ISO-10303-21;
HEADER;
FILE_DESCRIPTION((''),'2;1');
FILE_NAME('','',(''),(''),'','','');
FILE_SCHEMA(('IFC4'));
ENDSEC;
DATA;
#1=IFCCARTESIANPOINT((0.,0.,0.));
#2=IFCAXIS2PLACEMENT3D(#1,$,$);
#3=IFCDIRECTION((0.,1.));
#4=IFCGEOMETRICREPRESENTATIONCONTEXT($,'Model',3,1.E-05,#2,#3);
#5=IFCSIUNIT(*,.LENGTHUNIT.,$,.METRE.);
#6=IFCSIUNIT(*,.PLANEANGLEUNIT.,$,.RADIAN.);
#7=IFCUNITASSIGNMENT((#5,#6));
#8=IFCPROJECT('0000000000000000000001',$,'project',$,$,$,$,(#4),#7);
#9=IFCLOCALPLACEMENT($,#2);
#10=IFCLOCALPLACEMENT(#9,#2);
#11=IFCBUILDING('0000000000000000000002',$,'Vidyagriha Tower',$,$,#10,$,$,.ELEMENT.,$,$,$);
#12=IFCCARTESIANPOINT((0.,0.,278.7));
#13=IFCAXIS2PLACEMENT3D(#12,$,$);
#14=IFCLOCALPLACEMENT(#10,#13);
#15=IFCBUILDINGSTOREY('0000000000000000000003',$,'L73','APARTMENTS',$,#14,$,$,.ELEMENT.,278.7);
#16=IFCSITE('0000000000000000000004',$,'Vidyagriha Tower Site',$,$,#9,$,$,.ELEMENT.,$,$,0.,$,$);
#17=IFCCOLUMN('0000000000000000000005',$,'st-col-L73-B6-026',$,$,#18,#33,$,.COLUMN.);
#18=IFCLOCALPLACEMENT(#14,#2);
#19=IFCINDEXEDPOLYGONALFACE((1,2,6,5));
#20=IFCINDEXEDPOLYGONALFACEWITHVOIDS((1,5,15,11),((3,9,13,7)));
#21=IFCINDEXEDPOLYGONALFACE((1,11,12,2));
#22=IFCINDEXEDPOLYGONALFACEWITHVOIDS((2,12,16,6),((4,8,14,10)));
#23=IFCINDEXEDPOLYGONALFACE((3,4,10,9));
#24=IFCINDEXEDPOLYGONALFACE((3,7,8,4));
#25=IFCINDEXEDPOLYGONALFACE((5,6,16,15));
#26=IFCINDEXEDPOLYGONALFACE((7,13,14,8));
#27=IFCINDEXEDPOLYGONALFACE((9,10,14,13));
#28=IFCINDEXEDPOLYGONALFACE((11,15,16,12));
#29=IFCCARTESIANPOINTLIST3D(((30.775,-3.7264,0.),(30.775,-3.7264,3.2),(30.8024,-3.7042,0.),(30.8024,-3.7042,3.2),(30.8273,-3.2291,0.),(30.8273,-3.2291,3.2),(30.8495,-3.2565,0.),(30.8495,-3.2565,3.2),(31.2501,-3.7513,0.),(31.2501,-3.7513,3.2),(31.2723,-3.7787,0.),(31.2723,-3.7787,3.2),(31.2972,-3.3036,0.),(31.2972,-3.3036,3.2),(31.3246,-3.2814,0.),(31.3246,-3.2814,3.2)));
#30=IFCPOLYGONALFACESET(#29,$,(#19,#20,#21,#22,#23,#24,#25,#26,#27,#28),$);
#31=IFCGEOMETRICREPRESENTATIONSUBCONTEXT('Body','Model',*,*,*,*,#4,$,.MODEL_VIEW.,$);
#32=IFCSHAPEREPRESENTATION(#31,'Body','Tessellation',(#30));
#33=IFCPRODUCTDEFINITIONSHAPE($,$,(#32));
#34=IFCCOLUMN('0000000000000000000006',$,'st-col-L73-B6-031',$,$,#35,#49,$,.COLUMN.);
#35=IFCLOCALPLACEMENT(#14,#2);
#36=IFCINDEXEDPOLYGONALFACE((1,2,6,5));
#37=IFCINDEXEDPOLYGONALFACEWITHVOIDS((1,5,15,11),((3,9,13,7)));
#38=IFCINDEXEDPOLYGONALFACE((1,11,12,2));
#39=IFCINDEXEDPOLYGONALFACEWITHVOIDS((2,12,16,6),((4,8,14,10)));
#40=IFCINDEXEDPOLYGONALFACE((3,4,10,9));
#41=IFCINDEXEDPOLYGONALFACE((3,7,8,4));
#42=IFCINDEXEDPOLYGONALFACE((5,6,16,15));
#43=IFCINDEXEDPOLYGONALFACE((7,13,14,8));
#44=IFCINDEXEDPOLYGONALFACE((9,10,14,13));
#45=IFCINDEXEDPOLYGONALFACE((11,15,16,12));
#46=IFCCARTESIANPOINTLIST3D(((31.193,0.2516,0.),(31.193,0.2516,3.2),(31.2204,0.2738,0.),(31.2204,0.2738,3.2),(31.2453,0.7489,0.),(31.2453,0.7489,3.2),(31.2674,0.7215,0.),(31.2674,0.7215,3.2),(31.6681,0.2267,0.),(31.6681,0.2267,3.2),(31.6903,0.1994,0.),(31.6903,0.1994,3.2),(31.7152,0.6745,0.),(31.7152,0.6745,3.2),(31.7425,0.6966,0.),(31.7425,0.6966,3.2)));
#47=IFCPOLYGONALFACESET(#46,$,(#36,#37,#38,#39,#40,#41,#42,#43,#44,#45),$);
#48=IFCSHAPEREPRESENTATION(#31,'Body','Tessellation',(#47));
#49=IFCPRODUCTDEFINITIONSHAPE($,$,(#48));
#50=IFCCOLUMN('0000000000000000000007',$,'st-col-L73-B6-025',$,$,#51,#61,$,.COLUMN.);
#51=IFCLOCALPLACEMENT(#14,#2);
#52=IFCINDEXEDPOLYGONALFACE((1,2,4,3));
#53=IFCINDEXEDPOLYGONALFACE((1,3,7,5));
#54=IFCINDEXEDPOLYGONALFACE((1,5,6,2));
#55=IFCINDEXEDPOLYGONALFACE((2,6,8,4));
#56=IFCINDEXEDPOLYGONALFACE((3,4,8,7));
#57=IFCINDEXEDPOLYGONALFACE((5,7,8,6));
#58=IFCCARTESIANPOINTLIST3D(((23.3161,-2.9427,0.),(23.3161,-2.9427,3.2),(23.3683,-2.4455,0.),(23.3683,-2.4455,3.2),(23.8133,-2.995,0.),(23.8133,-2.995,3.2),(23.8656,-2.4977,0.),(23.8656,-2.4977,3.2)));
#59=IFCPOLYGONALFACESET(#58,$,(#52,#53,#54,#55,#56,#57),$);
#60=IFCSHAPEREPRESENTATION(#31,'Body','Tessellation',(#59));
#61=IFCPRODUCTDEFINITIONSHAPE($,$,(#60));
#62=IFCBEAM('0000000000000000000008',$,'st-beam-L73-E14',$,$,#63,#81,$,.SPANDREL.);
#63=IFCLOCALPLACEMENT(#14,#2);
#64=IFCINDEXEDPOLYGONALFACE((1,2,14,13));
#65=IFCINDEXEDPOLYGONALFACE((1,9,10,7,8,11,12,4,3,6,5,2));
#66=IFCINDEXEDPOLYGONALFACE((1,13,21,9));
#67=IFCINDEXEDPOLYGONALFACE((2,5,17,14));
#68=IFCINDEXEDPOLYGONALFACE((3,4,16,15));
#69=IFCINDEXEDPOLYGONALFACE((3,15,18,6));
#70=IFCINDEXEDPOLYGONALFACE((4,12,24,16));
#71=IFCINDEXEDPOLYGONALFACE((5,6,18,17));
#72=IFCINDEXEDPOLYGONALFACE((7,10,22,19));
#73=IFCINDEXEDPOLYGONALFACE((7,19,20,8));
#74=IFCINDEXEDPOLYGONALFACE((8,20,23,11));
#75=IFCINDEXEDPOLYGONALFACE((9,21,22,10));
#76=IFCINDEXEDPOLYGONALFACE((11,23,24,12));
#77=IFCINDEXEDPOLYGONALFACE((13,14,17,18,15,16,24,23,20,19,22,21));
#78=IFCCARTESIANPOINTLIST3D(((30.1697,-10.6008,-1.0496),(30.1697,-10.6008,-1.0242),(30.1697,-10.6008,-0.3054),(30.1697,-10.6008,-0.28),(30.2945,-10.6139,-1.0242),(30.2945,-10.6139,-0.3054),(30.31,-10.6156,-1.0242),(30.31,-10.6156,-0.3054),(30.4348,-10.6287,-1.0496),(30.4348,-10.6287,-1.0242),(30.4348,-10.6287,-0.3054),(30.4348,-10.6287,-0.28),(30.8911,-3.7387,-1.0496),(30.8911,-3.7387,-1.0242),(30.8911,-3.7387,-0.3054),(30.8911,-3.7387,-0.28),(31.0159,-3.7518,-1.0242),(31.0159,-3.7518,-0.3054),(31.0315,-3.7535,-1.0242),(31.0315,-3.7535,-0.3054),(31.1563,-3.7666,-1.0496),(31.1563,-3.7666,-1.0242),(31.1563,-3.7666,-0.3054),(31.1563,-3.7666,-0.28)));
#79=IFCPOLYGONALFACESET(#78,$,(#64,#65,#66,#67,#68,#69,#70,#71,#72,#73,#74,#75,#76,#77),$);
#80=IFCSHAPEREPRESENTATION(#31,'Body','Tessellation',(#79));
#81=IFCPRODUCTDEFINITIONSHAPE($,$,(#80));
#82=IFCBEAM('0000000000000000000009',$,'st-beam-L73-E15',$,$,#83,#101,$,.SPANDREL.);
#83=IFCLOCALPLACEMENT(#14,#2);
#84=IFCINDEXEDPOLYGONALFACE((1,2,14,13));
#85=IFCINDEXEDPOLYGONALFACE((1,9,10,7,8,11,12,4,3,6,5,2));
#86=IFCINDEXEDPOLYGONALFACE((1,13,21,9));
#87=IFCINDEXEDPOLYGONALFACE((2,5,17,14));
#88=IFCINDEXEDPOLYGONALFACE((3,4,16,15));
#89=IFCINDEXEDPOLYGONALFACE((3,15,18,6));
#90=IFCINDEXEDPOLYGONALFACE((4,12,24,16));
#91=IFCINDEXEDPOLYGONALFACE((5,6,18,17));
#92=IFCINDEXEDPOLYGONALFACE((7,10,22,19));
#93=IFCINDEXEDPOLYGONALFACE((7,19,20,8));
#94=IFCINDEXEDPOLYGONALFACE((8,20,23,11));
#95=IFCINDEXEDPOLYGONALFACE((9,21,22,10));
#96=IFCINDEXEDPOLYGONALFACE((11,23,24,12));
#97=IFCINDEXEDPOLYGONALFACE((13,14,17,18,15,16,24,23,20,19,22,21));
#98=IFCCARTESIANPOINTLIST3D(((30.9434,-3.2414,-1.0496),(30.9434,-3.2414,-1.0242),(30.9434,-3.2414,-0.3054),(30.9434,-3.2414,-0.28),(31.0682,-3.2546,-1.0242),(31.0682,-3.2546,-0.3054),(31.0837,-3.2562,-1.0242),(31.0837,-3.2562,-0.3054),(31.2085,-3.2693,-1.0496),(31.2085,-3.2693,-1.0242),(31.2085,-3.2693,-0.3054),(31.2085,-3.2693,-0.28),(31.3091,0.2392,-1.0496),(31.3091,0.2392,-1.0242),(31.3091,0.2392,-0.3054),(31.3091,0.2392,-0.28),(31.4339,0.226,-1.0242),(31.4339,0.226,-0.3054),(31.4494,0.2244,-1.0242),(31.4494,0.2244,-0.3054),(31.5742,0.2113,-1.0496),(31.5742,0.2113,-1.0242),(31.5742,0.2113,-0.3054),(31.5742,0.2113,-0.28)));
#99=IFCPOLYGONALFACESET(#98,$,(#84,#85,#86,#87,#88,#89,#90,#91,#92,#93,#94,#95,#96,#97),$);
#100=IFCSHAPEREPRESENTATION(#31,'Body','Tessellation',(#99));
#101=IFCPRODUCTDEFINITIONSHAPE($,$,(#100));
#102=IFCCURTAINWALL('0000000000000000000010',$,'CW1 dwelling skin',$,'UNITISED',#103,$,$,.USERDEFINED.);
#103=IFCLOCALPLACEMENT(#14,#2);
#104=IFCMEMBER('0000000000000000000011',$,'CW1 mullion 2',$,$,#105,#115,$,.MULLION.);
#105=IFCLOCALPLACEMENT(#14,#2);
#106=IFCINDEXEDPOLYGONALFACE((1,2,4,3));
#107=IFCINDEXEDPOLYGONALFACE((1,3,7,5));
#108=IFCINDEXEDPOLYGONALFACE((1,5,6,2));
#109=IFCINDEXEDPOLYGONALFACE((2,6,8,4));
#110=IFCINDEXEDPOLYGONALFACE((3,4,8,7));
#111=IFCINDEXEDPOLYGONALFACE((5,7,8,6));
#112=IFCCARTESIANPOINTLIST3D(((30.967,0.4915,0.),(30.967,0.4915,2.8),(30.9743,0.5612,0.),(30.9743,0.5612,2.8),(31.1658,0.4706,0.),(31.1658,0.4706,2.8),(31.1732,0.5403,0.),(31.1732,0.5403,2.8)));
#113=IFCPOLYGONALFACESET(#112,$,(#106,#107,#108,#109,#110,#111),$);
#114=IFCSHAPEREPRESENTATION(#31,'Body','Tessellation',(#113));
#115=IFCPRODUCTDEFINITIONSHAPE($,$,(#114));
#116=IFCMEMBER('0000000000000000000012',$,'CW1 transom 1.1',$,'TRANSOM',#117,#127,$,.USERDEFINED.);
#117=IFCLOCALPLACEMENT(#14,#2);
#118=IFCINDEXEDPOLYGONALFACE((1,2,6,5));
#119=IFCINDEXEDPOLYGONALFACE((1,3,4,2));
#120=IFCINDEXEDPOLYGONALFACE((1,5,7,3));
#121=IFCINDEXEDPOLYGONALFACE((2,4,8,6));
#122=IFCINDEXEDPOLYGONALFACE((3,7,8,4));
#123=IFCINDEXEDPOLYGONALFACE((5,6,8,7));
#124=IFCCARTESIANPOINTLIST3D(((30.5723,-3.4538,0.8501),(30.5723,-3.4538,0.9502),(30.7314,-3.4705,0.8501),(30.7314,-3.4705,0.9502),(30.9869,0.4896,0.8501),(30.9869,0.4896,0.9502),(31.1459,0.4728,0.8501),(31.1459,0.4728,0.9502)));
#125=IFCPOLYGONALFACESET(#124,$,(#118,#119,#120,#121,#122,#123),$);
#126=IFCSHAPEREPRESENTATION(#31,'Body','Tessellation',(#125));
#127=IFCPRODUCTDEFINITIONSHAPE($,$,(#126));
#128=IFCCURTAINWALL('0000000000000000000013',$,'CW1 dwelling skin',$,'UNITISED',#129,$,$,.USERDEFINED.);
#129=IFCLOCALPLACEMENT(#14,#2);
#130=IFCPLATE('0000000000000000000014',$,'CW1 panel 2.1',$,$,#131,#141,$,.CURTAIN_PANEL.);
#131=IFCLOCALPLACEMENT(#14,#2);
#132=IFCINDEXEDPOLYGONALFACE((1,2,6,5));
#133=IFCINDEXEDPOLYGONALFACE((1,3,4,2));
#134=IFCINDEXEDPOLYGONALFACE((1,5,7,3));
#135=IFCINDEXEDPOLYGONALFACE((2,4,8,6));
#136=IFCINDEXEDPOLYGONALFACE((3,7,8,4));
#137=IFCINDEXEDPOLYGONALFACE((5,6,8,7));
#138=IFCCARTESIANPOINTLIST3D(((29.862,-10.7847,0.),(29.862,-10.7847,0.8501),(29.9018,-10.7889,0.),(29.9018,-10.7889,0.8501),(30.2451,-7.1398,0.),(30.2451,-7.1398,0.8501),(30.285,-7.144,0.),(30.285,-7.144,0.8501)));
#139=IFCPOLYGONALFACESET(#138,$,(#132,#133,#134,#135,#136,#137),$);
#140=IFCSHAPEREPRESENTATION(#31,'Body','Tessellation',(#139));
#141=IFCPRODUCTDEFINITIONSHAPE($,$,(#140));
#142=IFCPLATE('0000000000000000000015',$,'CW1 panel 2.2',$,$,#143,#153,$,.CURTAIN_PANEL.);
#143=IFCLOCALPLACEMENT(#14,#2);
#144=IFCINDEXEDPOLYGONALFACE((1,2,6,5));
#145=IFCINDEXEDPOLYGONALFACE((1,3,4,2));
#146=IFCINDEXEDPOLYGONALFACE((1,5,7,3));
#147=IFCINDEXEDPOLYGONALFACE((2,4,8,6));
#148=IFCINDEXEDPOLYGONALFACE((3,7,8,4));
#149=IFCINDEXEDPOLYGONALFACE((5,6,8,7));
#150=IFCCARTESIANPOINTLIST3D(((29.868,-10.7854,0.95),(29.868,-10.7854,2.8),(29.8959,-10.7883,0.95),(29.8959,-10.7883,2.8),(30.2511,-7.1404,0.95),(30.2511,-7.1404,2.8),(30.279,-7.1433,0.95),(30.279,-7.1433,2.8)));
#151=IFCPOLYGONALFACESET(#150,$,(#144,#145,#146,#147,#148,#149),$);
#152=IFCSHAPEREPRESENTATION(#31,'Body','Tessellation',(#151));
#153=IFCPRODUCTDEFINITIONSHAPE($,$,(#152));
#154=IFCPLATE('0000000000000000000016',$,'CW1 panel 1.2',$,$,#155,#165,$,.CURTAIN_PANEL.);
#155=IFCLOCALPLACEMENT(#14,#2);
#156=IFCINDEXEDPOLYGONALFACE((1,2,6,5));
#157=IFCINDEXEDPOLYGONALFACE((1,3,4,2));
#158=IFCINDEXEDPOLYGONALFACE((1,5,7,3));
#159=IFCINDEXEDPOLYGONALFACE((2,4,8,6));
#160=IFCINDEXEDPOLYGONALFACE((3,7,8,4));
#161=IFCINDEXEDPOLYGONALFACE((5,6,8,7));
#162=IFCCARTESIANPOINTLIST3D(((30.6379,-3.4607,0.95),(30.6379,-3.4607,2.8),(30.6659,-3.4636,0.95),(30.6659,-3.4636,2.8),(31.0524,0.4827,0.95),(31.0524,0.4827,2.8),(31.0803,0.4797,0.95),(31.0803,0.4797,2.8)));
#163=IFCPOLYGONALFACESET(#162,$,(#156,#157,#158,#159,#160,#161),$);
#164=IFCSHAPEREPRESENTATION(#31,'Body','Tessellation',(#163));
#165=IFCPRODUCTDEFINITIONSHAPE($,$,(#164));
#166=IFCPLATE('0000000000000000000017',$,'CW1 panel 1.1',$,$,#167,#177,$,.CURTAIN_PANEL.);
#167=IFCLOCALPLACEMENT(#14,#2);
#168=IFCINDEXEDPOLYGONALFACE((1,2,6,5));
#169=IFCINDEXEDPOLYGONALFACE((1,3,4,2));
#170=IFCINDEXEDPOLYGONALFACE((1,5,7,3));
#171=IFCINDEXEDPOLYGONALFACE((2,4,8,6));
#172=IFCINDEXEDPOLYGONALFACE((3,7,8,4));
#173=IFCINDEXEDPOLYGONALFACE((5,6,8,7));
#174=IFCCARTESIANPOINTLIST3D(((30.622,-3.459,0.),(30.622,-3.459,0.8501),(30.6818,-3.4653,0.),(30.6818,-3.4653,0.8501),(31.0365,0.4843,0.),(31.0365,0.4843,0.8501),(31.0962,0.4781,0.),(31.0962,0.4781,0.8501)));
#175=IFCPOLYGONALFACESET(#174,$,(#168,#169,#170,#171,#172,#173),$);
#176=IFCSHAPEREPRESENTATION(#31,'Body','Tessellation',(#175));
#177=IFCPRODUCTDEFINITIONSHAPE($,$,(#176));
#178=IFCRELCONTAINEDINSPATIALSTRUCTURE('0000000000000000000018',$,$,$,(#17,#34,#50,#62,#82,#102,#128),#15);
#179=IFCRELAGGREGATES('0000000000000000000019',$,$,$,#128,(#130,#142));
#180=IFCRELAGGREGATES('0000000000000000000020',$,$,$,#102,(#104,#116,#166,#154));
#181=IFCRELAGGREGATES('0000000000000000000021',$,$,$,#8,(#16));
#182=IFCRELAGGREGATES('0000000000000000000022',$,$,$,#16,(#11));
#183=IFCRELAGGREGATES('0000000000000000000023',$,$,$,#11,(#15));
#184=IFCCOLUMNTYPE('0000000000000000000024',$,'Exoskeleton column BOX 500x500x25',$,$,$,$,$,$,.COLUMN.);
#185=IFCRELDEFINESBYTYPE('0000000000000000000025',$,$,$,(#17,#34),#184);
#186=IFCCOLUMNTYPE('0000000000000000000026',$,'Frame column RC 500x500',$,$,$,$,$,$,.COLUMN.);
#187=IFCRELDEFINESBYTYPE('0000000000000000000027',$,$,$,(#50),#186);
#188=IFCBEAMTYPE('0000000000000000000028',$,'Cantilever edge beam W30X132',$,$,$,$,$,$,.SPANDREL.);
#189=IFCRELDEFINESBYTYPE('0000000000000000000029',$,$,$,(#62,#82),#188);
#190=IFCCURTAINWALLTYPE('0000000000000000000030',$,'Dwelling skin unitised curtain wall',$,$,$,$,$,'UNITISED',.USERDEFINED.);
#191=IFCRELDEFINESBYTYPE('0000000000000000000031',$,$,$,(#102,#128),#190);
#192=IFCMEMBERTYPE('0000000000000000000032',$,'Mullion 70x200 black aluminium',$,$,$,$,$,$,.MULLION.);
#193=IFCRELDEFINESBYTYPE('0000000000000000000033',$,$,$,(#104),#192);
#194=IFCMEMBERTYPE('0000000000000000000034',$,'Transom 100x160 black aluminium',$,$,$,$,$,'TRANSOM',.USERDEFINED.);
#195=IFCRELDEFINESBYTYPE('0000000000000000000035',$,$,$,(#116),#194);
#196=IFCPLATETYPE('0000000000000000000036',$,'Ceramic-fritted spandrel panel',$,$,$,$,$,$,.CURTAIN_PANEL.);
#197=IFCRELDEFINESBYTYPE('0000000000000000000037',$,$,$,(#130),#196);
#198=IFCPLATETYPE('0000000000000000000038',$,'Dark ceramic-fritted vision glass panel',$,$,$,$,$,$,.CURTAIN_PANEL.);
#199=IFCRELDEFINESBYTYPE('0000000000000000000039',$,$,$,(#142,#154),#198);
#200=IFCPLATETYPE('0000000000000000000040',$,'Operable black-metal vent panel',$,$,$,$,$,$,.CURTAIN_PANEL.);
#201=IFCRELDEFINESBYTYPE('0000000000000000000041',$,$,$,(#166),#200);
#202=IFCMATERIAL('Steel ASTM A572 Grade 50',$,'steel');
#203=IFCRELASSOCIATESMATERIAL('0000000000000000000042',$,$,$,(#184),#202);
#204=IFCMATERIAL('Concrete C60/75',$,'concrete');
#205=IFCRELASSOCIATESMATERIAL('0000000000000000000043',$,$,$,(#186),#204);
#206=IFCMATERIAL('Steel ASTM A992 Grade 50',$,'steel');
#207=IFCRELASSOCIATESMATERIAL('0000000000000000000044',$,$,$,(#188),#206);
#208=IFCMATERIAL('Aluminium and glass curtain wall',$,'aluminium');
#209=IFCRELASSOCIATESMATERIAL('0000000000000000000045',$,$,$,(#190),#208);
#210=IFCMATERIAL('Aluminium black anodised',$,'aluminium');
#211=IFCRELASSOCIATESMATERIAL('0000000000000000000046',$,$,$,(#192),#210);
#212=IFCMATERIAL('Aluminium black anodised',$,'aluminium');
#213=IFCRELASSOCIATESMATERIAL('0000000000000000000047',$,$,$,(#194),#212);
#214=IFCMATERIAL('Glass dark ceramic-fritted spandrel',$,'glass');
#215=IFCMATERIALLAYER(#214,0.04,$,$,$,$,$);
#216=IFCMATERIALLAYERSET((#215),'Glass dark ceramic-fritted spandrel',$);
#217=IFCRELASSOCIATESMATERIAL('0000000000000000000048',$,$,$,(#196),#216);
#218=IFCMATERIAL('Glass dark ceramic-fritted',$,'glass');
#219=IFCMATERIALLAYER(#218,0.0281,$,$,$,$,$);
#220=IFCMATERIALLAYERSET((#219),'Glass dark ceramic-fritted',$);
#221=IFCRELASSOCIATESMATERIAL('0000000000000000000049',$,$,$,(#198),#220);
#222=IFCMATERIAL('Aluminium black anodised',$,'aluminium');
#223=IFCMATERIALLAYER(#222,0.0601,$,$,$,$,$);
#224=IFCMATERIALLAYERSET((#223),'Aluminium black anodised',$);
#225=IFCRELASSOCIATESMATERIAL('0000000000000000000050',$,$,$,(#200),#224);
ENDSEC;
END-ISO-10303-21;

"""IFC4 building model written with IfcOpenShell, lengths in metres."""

from ifc_helpers import new_model, si_unit, direction, frame, origin, origin_2d, place, context, subcontext, project, spatial, rectangle, hollow_rectangle, i_section, extrude, material, layer, layer_set, material_profile, profile_set, type_object, element, aggregate, save


model = new_model("IFC4")

# Units and contexts
model_context = context("Model", 3, precision=1e-05, world=origin(), true_north=direction((0.0, 1.0)))
body_context = subcontext(model_context, "Body", "Model", "MODEL_VIEW")
ifc_project = project(units=[si_unit("LENGTHUNIT", "METRE"), si_unit("PLANEANGLEUNIT", "RADIAN")], contexts=[model_context])

# Site, building, storey
site_placement = place(None, origin())
site = spatial("IfcSite", under=ifc_project, at=site_placement, Name="Vidyagriha Tower Site", CompositionType="ELEMENT", RefElevation=0.0)
building_placement = place(site_placement, origin())
building = spatial("IfcBuilding", under=site, at=building_placement, Name="Vidyagriha Tower", CompositionType="ELEMENT")
storey_placement = place(building_placement, frame((0.0, 0.0, 278.7)))
storey = spatial("IfcBuildingStorey", under=building, at=storey_placement, Name="L73", Description="APARTMENTS", CompositionType="ELEMENT", Elevation=278.7)

# Columns
ifc_material_1 = material(Name="Steel ASTM A572 Grade 50", Category="steel")
ifc_material_profile_1 = material_profile(ifc_material_1, hollow_rectangle(XDim=0.5, YDim=0.5, WallThickness=0.0249, at=origin_2d()), Name="BOX 500x500x25")
ifc_profile_set_1 = profile_set([ifc_material_profile_1], Name="Steel ASTM A572 Grade 50")
column_type_1 = type_object("IfcColumnType", Name="Exoskeleton column BOX 500x500x25", PredefinedType="COLUMN", material=ifc_profile_set_1)
for number, where, z_axis, x_axis, name in (
    (1, (31.0498, -3.5039, 0.0), (0.0, 0.0, 1.0), (0.994522, -0.104528, 0.0), "st-col-L73-B6-026"),
    (2, (31.4678, 0.4741, 0.0), (0.0, 0.0, 1.0), (0.994522, -0.104528, 0.0), "st-col-L73-B6-031"),
):
    element("IfcColumn", number, at=place(storey_placement, frame(where, z_axis=z_axis, x_axis=x_axis)), inside=storey, type_object=column_type_1, Name=name, PredefinedType="COLUMN", context=body_context, shape_type="SweptSolid", body=[
        extrude(hollow_rectangle(XDim=0.5, YDim=0.5, WallThickness=0.0249, at=origin_2d()), origin(), (0.0, 0.0, 1.0), 3.2),
    ])
ifc_material_2 = material(Name="Concrete C60/75", Category="concrete")
ifc_material_profile_2 = material_profile(ifc_material_2, rectangle(XDim=0.5, YDim=0.5, at=origin_2d()), Name="RC 500x500")
ifc_profile_set_2 = profile_set([ifc_material_profile_2], Name="Concrete C60/75")
column_type_2 = type_object("IfcColumnType", Name="Frame column RC 500x500", PredefinedType="COLUMN", material=ifc_profile_set_2)
column_placement = place(storey_placement, frame((23.5908, -2.7202, 0.0), z_axis=(0.0, 0.0, 1.0), x_axis=(0.994522, -0.104528, 0.0)))
element("IfcColumn", 3, at=column_placement, inside=storey, type_object=column_type_2, Name="st-col-L73-B6-025", PredefinedType="COLUMN", context=body_context, shape_type="SweptSolid", body=[
    extrude(rectangle(XDim=0.5, YDim=0.5, at=origin_2d()), origin(), (0.0, 0.0, 1.0), 3.2),
])

# Beams
ifc_material_3 = material(Name="Steel ASTM A992 Grade 50", Category="steel")
ifc_material_profile_3 = material_profile(ifc_material_3, i_section(OverallWidth=0.2666, OverallDepth=0.7695, WebThickness=0.0156, FlangeThickness=0.0254, at=origin_2d()), Name="W30X132")
ifc_profile_set_3 = profile_set([ifc_material_profile_3], Name="Steel ASTM A992 Grade 50")
beam_type = type_object("IfcBeamType", Name="Cantilever edge beam W30X132", PredefinedType="SPANDREL", material=ifc_profile_set_3)
beam_1_placement = place(storey_placement, frame((30.3022, -10.6147, -0.6648), z_axis=(0.104558, 0.994519, 0.0), x_axis=(-0.994519, 0.104558, 0.0)))
element("IfcBeam", 4, at=beam_1_placement, inside=storey, type_object=beam_type, Name="st-beam-L73-E14", PredefinedType="SPANDREL", context=body_context, shape_type="SweptSolid", body=[
    extrude(i_section(OverallWidth=0.2666, OverallDepth=0.7695, WebThickness=0.0156, FlangeThickness=0.0254, at=origin_2d()), origin(), (0.0, 0.0, 1.0), 6.8999),
])
beam_2_placement = place(storey_placement, frame((31.0759, -3.2554, -0.6648), z_axis=(0.104496, 0.994525, 0.0), x_axis=(-0.994525, 0.104496, 0.0)))
element("IfcBeam", 5, at=beam_2_placement, inside=storey, type_object=beam_type, Name="st-beam-L73-E15", PredefinedType="SPANDREL", context=body_context, shape_type="SweptSolid", body=[
    extrude(i_section(OverallWidth=0.2666, OverallDepth=0.7695, WebThickness=0.0156, FlangeThickness=0.0254, at=origin_2d()), origin(), (0.0, 0.0, 1.0), 3.4998),
])

# Curtain wall, members
ifc_material_4 = material(Name="Aluminium and glass curtain wall", Category="aluminium")
curtain_wall_type = type_object("IfcCurtainWallType", Name="Dwelling skin unitised curtain wall", ElementType="UNITISED", PredefinedType="USERDEFINED", material=ifc_material_4)
curtain_wall_1_placement = place(storey_placement, origin())
curtain_wall_1 = element("IfcCurtainWall", 6, at=curtain_wall_1_placement, inside=storey, type_object=curtain_wall_type, Name="CW1 dwelling skin", ObjectType="UNITISED", PredefinedType="USERDEFINED")
ifc_material_5 = material(Name="Aluminium black anodised", Category="aluminium")
ifc_material_profile_4 = material_profile(ifc_material_5, rectangle(XDim=0.2, YDim=0.0701, at=origin_2d()), Name="Mullion 70x200 black aluminium")
ifc_profile_set_4 = profile_set([ifc_material_profile_4], Name="Aluminium black anodised")
member_type_1 = type_object("IfcMemberType", Name="Mullion 70x200 black aluminium", PredefinedType="MULLION", material=ifc_profile_set_4)
member_1_placement = place(storey_placement, frame((31.0701, 0.5159, 0.0), z_axis=(0.0, 0.0, 1.0), x_axis=(-0.994522, 0.10453, 0.0)))
member_1 = element("IfcMember", 7, at=member_1_placement, type_object=member_type_1, Name="CW1 mullion 2", PredefinedType="MULLION", context=body_context, shape_type="SweptSolid", body=[
    extrude(rectangle(XDim=0.2, YDim=0.0701, at=origin_2d()), origin(), (0.0, 0.0, 1.0), 2.8),
])
ifc_material_6 = material(Name="Aluminium black anodised", Category="aluminium")
ifc_material_profile_5 = material_profile(ifc_material_6, rectangle(XDim=0.1599, YDim=0.1001, at=origin_2d()), Name="Transom 100x160 black aluminium")
ifc_profile_set_5 = profile_set([ifc_material_profile_5], Name="Aluminium black anodised")
member_type_2 = type_object("IfcMemberType", Name="Transom 100x160 black aluminium", ElementType="TRANSOM", PredefinedType="USERDEFINED", material=ifc_profile_set_5)
member_2_placement = place(storey_placement, frame((30.6519, -3.4622, 0.9001), z_axis=(0.10455, 0.99452, 0.0), x_axis=(-0.99452, 0.10455, 0.0)))
member_2 = element("IfcMember", 8, at=member_2_placement, type_object=member_type_2, Name="CW1 transom 1.1", ObjectType="TRANSOM", PredefinedType="USERDEFINED", context=body_context, shape_type="SweptSolid", body=[
    extrude(rectangle(XDim=0.1599, YDim=0.1001, at=origin_2d()), origin(), (0.0, 0.0, 1.0), 3.9651),
])

# Curtain wall, plates
curtain_wall_2_placement = place(storey_placement, origin())
curtain_wall_2 = element("IfcCurtainWall", 9, at=curtain_wall_2_placement, inside=storey, type_object=curtain_wall_type, Name="CW1 dwelling skin", ObjectType="UNITISED", PredefinedType="USERDEFINED")
ifc_material_7 = material(Name="Glass dark ceramic-fritted spandrel", Category="glass")
ifc_layer_1 = layer(ifc_material_7, 0.04)
ifc_layer_set_1 = layer_set([ifc_layer_1], Name="Glass dark ceramic-fritted spandrel")
plate_type_1 = type_object("IfcPlateType", Name="Ceramic-fritted spandrel panel", PredefinedType="CURTAIN_PANEL", material=ifc_layer_set_1)
plate_1_placement = place(storey_placement, frame((30.0735, -8.9644, 0.0), z_axis=(0.0, 0.0, 1.0), x_axis=(0.104533, 0.994521, 0.0)))
plate_1 = element("IfcPlate", 10, at=plate_1_placement, type_object=plate_type_1, Name="CW1 panel 2.1", PredefinedType="CURTAIN_PANEL", context=body_context, shape_type="SweptSolid", body=[
    extrude(rectangle(XDim=3.665, YDim=0.04, at=origin_2d()), origin(), (0.0, 0.0, 1.0), 0.8501),
])
ifc_material_8 = material(Name="Glass dark ceramic-fritted", Category="glass")
ifc_layer_2 = layer(ifc_material_8, 0.0281)
ifc_layer_set_2 = layer_set([ifc_layer_2], Name="Glass dark ceramic-fritted")
plate_type_2 = type_object("IfcPlateType", Name="Dark ceramic-fritted vision glass panel", PredefinedType="CURTAIN_PANEL", material=ifc_layer_set_2)
plate_2_placement = place(storey_placement, frame((30.0735, -8.9644, 0.95), z_axis=(0.0, 0.0, 1.0), x_axis=(0.104533, 0.994521, 0.0)))
plate_2 = element("IfcPlate", 11, at=plate_2_placement, type_object=plate_type_2, Name="CW1 panel 2.2", PredefinedType="CURTAIN_PANEL", context=body_context, shape_type="SweptSolid", body=[
    extrude(rectangle(XDim=3.665, YDim=0.0281, at=origin_2d()), origin(), (0.0, 0.0, 1.0), 1.8501),
])
aggregate(curtain_wall_2, [plate_1, plate_2])

# Plates
plate_3_placement = place(storey_placement, frame((30.8591, -1.4905, 0.95), z_axis=(0.0, 0.0, 1.0), x_axis=(0.10453, 0.994522, 0.0)))
plate_3 = element("IfcPlate", 12, at=plate_3_placement, type_object=plate_type_2, Name="CW1 panel 1.2", PredefinedType="CURTAIN_PANEL", context=body_context, shape_type="SweptSolid", body=[
    extrude(rectangle(XDim=3.9651, YDim=0.0281, at=origin_2d()), origin(), (0.0, 0.0, 1.0), 1.8501),
])
ifc_material_9 = material(Name="Aluminium black anodised", Category="aluminium")
ifc_layer_3 = layer(ifc_material_9, 0.0601)
ifc_layer_set_3 = layer_set([ifc_layer_3], Name="Aluminium black anodised")
plate_type_3 = type_object("IfcPlateType", Name="Operable black-metal vent panel", PredefinedType="CURTAIN_PANEL", material=ifc_layer_set_3)
plate_4_placement = place(storey_placement, frame((30.8591, -1.4905, 0.0), z_axis=(0.0, 0.0, 1.0), x_axis=(0.10453, 0.994522, 0.0)))
plate_4 = element("IfcPlate", 13, at=plate_4_placement, type_object=plate_type_3, Name="CW1 panel 1.1", PredefinedType="CURTAIN_PANEL", context=body_context, shape_type="SweptSolid", body=[
    extrude(rectangle(XDim=3.9651, YDim=0.0601, at=origin_2d()), origin(), (0.0, 0.0, 1.0), 0.8501),
])
aggregate(curtain_wall_1, [member_1, member_2, plate_4, plate_3])

save(model, "model.ifc")
